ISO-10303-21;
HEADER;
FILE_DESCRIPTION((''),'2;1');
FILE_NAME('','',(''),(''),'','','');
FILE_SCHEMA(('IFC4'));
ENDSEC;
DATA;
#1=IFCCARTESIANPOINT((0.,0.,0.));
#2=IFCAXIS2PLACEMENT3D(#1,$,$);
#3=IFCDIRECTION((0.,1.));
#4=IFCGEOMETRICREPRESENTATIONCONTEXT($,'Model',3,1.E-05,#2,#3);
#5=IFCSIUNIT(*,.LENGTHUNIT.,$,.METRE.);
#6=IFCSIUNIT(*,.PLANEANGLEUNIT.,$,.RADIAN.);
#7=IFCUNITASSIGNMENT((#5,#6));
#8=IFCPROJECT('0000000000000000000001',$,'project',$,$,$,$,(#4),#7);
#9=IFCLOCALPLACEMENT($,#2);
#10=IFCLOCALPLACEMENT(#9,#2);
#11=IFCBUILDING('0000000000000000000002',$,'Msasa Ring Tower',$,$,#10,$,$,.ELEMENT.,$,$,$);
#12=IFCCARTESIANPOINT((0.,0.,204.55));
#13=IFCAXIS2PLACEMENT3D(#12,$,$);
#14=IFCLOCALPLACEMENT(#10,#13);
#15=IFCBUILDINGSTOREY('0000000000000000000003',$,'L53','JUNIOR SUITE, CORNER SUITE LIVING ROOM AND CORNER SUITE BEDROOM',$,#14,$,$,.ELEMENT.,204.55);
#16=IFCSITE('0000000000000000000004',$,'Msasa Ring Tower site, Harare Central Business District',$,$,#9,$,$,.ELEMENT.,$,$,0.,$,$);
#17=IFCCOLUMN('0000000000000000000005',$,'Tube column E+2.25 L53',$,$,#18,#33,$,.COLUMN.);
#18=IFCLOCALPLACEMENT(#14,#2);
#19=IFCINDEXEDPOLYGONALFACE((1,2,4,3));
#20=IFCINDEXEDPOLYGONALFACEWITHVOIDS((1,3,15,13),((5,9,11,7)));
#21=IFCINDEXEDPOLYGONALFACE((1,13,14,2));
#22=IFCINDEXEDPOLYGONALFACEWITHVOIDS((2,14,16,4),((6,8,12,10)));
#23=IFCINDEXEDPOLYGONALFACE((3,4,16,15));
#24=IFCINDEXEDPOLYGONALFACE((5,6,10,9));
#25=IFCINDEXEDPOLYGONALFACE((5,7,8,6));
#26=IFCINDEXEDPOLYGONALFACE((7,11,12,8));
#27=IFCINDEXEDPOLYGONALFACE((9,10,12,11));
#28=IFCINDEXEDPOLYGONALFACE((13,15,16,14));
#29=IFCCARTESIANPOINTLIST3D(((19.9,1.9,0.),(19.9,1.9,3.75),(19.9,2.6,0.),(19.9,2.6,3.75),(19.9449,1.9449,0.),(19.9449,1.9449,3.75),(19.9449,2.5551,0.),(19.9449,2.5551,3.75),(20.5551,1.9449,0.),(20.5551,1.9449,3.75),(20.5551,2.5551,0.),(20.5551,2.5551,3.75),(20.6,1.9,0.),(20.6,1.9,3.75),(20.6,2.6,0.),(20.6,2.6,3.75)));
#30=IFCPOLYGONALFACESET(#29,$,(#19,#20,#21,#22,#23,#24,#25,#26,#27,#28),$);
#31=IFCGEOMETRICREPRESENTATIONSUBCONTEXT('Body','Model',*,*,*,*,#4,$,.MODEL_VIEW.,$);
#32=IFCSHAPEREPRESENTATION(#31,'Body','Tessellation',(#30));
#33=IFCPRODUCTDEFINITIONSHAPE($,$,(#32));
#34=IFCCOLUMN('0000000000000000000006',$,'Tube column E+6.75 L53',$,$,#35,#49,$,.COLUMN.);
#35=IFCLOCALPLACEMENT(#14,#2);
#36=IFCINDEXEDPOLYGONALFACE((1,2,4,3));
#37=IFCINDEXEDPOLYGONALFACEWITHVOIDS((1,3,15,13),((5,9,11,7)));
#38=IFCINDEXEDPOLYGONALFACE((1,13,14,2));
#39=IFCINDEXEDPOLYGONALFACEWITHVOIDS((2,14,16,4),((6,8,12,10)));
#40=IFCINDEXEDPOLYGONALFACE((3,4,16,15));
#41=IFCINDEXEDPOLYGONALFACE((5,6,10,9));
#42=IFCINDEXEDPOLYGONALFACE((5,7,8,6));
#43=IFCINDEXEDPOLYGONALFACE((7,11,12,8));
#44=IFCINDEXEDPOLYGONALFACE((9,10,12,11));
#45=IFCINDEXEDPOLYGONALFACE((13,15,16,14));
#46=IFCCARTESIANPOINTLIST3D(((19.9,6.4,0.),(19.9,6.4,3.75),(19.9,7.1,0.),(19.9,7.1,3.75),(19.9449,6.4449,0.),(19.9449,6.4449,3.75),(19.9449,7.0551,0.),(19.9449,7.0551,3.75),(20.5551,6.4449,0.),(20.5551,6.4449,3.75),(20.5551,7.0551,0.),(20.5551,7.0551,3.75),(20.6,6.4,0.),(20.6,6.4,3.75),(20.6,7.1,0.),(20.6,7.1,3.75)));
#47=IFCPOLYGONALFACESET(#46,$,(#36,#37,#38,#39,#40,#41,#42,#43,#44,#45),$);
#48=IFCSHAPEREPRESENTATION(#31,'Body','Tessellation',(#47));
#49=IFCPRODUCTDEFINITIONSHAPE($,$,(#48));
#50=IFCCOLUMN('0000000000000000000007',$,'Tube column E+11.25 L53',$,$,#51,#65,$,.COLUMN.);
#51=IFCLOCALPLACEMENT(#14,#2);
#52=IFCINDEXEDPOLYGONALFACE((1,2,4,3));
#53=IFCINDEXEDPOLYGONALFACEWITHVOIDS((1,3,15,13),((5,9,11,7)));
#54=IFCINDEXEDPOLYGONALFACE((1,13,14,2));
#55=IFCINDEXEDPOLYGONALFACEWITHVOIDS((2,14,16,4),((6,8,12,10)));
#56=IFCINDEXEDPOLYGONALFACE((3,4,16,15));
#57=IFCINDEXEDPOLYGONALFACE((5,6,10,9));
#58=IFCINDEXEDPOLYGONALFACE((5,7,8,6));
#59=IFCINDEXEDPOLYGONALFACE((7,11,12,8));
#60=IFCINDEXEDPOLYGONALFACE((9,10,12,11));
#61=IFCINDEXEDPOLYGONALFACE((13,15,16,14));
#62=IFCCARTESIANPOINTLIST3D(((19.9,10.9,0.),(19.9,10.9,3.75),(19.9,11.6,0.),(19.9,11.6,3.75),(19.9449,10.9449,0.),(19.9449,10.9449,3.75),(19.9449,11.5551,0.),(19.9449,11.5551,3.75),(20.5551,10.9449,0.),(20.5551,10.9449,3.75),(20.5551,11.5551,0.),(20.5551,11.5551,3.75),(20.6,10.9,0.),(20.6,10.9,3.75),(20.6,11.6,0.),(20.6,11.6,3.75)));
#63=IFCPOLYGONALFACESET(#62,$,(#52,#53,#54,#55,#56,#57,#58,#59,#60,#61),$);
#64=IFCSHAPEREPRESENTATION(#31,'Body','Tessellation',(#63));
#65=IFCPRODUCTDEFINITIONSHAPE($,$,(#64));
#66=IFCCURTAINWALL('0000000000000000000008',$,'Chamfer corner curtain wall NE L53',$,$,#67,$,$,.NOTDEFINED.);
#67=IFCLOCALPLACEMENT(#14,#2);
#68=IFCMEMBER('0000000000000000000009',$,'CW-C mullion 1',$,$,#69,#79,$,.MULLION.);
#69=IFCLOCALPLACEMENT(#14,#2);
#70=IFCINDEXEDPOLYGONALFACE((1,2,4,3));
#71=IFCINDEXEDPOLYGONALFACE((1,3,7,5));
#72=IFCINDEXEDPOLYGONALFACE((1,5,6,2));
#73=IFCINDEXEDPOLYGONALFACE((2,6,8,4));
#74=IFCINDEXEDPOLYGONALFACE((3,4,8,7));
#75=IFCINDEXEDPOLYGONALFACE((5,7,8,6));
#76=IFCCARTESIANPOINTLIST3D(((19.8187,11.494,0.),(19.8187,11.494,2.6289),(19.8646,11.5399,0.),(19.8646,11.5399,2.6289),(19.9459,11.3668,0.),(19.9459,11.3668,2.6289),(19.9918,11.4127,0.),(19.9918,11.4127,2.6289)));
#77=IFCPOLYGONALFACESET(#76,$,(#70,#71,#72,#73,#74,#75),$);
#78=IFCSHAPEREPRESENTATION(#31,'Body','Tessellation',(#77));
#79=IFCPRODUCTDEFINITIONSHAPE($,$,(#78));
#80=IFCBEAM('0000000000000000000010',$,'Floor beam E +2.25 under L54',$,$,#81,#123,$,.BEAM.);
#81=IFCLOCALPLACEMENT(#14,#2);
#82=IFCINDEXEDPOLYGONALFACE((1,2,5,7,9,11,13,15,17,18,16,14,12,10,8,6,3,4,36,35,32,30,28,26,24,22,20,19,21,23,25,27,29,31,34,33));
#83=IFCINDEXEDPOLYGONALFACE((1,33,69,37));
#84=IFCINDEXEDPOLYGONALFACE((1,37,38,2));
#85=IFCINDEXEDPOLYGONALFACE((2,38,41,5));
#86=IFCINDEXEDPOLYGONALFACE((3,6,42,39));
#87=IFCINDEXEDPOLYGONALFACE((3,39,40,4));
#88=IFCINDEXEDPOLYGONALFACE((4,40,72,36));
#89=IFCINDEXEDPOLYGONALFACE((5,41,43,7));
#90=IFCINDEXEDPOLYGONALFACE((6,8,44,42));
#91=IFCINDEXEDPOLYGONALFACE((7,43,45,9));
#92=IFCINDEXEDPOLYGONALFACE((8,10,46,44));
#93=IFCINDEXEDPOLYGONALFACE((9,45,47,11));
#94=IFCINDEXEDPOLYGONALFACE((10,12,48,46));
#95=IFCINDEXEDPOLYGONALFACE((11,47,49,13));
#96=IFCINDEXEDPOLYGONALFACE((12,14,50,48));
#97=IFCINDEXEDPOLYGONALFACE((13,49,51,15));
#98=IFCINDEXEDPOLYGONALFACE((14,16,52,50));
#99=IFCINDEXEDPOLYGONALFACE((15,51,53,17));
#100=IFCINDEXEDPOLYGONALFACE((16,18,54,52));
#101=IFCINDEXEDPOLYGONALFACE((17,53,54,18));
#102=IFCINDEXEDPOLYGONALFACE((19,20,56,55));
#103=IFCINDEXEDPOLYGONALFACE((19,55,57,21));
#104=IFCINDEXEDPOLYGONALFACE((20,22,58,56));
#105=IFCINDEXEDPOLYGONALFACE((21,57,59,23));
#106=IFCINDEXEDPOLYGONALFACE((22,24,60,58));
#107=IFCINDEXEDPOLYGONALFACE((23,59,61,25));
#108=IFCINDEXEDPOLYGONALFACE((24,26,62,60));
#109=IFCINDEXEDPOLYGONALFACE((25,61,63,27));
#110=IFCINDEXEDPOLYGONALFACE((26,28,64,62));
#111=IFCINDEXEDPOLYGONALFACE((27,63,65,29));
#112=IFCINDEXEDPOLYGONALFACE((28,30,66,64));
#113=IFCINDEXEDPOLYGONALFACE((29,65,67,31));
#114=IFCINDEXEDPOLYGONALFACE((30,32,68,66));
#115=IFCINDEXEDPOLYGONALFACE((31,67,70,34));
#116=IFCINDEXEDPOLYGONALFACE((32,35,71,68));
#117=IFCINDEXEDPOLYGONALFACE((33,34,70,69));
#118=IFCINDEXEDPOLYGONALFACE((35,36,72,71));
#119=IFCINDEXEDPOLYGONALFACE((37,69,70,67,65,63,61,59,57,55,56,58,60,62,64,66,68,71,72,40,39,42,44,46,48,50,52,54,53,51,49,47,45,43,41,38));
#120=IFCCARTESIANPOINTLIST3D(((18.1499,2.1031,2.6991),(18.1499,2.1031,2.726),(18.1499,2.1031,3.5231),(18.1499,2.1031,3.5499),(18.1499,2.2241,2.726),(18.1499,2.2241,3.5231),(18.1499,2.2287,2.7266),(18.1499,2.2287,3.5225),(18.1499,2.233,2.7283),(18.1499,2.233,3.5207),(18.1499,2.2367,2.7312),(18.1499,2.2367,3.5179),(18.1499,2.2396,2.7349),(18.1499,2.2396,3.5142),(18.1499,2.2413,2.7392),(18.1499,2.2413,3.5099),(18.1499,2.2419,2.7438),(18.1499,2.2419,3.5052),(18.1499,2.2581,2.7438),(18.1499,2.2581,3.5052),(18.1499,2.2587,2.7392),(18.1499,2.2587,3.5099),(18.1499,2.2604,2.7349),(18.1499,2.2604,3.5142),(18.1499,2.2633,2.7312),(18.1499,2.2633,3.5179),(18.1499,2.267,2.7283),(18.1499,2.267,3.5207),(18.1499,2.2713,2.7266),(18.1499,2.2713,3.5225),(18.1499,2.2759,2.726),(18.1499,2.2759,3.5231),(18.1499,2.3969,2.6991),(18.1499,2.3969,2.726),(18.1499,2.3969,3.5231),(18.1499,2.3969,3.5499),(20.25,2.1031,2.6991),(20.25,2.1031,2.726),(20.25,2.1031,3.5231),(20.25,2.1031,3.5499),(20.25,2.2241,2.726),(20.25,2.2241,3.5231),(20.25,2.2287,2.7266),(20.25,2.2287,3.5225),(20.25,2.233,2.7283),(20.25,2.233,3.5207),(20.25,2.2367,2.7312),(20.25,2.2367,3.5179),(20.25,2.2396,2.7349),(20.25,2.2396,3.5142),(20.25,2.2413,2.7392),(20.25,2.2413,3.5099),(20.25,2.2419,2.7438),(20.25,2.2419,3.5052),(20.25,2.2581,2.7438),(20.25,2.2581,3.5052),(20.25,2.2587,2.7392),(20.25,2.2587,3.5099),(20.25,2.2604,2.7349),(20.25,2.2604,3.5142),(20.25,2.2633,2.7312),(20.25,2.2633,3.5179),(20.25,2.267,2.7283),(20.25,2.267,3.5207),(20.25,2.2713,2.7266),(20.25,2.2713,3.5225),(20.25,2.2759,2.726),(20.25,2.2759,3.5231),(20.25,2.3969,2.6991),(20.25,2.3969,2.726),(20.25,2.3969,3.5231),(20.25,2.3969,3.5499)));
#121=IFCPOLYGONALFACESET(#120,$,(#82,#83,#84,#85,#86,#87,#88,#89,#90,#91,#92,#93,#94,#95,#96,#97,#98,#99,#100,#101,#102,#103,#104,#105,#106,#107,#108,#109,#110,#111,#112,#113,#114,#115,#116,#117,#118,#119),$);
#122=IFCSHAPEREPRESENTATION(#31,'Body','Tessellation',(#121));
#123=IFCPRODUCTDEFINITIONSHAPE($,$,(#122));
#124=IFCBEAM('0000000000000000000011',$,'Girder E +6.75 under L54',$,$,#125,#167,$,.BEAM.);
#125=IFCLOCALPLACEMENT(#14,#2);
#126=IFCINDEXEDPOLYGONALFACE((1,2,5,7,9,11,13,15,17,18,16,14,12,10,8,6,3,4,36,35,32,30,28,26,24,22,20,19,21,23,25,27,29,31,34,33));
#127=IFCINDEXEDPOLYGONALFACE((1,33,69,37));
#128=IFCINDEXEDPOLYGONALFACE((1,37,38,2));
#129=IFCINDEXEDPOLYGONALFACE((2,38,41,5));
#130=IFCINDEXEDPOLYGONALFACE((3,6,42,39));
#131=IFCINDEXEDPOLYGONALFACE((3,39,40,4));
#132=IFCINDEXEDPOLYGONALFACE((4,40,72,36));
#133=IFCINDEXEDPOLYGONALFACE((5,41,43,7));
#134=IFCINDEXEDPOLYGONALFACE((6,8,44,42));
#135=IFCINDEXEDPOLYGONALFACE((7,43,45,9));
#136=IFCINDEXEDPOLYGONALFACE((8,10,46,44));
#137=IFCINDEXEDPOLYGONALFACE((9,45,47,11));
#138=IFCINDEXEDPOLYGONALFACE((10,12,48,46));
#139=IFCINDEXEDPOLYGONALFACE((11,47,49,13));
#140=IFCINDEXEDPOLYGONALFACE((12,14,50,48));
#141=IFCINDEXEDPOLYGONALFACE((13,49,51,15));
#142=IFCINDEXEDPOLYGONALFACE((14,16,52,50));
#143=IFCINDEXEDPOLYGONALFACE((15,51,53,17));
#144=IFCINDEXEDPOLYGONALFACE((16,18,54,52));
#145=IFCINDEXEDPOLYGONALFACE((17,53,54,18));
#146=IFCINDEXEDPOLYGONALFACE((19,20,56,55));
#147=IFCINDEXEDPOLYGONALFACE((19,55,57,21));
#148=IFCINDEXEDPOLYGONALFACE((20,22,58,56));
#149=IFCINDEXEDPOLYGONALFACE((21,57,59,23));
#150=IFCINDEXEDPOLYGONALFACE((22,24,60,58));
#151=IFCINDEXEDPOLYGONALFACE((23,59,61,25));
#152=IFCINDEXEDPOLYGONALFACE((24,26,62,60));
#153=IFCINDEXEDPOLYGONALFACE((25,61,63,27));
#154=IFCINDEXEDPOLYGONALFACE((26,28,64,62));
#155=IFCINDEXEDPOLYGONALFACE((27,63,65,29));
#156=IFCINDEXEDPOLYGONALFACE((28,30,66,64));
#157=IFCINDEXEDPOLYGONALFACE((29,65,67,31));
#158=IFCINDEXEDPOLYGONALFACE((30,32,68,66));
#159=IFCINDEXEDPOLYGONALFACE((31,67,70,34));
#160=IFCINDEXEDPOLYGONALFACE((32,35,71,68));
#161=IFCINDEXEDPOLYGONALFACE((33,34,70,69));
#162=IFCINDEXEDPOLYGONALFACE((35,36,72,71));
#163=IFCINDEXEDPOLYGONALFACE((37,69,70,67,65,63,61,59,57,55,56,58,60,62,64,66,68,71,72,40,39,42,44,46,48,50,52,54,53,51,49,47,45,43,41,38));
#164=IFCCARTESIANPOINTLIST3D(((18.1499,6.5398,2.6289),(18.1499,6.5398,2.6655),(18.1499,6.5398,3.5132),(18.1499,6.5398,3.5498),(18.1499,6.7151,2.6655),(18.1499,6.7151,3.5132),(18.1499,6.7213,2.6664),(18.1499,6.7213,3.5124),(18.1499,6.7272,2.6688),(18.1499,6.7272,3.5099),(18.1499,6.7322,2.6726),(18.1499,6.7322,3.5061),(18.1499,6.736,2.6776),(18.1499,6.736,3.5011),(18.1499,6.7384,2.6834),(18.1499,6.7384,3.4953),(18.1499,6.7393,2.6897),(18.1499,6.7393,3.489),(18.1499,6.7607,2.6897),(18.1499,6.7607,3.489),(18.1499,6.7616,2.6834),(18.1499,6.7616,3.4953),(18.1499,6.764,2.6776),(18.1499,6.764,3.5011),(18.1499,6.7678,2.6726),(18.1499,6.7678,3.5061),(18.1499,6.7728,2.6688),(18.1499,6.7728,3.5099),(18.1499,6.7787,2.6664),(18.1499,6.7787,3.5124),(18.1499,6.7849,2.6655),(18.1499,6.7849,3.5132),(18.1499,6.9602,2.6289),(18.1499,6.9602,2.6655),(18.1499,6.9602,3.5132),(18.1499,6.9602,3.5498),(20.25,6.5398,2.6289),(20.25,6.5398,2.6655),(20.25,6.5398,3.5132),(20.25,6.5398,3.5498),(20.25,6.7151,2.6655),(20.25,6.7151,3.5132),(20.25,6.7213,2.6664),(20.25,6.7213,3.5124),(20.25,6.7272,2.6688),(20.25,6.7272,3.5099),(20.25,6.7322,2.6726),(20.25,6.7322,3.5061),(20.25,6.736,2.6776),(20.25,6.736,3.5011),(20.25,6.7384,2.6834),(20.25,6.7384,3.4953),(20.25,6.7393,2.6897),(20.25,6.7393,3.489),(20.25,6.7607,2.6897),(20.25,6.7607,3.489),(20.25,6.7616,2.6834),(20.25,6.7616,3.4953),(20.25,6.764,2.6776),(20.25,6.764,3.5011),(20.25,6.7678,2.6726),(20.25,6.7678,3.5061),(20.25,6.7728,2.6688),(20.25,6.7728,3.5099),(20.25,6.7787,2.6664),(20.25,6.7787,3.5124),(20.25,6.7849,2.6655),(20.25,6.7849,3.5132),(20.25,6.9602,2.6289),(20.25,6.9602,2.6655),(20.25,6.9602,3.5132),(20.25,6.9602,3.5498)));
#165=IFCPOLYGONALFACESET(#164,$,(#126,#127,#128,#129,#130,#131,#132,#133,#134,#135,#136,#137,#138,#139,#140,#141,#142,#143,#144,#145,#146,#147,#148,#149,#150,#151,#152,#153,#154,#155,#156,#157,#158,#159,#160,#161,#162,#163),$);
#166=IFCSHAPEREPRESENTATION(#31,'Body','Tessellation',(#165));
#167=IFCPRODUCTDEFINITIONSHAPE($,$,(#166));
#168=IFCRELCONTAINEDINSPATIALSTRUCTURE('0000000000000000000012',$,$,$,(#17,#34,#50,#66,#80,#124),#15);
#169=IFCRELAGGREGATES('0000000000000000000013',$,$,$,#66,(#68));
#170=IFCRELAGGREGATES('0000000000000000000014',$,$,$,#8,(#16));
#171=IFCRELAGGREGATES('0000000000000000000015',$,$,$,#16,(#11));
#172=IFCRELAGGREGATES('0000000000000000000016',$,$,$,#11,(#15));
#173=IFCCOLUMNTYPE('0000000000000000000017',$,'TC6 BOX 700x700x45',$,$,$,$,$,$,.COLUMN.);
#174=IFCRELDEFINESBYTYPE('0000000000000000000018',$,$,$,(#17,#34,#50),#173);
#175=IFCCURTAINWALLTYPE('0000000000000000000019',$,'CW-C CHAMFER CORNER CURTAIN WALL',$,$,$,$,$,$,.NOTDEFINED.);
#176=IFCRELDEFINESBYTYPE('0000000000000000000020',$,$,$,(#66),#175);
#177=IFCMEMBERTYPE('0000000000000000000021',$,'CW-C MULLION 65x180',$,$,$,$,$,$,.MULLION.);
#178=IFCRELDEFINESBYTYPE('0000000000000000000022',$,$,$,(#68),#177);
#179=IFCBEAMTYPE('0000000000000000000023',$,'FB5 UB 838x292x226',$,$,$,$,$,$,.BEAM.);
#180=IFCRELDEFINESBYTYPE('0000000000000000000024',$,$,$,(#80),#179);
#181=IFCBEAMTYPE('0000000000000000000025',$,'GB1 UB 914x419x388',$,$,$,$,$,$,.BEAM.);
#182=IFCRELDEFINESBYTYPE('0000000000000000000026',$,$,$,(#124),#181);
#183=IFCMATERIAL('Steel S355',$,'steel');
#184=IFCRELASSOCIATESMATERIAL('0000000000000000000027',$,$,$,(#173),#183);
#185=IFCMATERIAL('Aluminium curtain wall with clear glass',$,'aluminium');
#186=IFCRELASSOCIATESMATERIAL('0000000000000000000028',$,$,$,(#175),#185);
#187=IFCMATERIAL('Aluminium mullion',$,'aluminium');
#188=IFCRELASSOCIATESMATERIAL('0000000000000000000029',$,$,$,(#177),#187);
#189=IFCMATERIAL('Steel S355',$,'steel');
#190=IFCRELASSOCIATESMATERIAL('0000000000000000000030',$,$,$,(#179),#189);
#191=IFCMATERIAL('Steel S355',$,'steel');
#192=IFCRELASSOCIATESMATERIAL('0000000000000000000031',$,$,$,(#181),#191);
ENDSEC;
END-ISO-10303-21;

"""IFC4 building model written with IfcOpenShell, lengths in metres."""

from ifc_helpers import new_model, si_unit, direction, frame, origin, origin_2d, place, context, subcontext, project, spatial, rectangle, hollow_rectangle, i_section, extrude, material, material_profile, profile_set, type_object, element, aggregate, save


model = new_model("IFC4")

# Units and contexts
model_context = context("Model", 3, precision=1e-05, world=origin(), true_north=direction((0.0, 1.0)))
body_context = subcontext(model_context, "Body", "Model", "MODEL_VIEW")
ifc_project = project(units=[si_unit("LENGTHUNIT", "METRE"), si_unit("PLANEANGLEUNIT", "RADIAN")], contexts=[model_context])

# Site, building, storey
site_placement = place(None, origin())
site = spatial("IfcSite", under=ifc_project, at=site_placement, Name="Msasa Ring Tower site, Harare Central Business District", CompositionType="ELEMENT", RefElevation=0.0)
building_placement = place(site_placement, origin())
building = spatial("IfcBuilding", under=site, at=building_placement, Name="Msasa Ring Tower", CompositionType="ELEMENT")
storey_placement = place(building_placement, frame((0.0, 0.0, 204.55)))
storey = spatial("IfcBuildingStorey", under=building, at=storey_placement, Name="L53", Description="JUNIOR SUITE, CORNER SUITE LIVING ROOM AND CORNER SUITE BEDROOM", CompositionType="ELEMENT", Elevation=204.55)

# Columns
ifc_material_1 = material(Name="Steel S355", Category="steel")
ifc_material_profile_1 = material_profile(ifc_material_1, hollow_rectangle(XDim=0.7, YDim=0.7, WallThickness=0.0449, at=origin_2d()), Name="BOX 700x700x45")
ifc_profile_set_1 = profile_set([ifc_material_profile_1], Name="Steel S355")
column_type = type_object("IfcColumnType", Name="TC6 BOX 700x700x45", PredefinedType="COLUMN", material=ifc_profile_set_1)
for number, where, z_axis, x_axis, name in (
    (1, (20.25, 2.25, 0.0), (0.0, 0.0, 1.0), (1.0, 0.0, 0.0), "Tube column E+2.25 L53"),
    (2, (20.25, 6.75, 0.0), (0.0, 0.0, 1.0), (1.0, 0.0, 0.0), "Tube column E+6.75 L53"),
    (3, (20.25, 11.25, 0.0), (0.0, 0.0, 1.0), (1.0, 0.0, 0.0), "Tube column E+11.25 L53"),
):
    element("IfcColumn", number, at=place(storey_placement, frame(where, z_axis=z_axis, x_axis=x_axis)), inside=storey, type_object=column_type, Name=name, PredefinedType="COLUMN", context=body_context, shape_type="SweptSolid", body=[
        extrude(hollow_rectangle(XDim=0.7, YDim=0.7, WallThickness=0.0449, at=origin_2d()), origin(), (0.0, 0.0, 1.0), 3.75),
    ])

# Curtain wall, member
ifc_material_2 = material(Name="Aluminium curtain wall with clear glass", Category="aluminium")
curtain_wall_type = type_object("IfcCurtainWallType", Name="CW-C CHAMFER CORNER CURTAIN WALL", PredefinedType="NOTDEFINED", material=ifc_material_2)
curtain_wall_placement = place(storey_placement, origin())
curtain_wall = element("IfcCurtainWall", 4, at=curtain_wall_placement, inside=storey, type_object=curtain_wall_type, Name="Chamfer corner curtain wall NE L53", PredefinedType="NOTDEFINED")
ifc_material_3 = material(Name="Aluminium mullion", Category="aluminium")
ifc_material_profile_2 = material_profile(ifc_material_3, rectangle(XDim=0.0649, YDim=0.1799, at=origin_2d()), Name="AL 65x180")
ifc_profile_set_2 = profile_set([ifc_material_profile_2], Name="Aluminium mullion")
member_type = type_object("IfcMemberType", Name="CW-C MULLION 65x180", PredefinedType="MULLION", material=ifc_profile_set_2)
member_placement = place(storey_placement, frame((19.9053, 11.4534, 0.0), z_axis=(0.0, 0.0, 1.0), x_axis=(-0.707107, -0.707107, 0.0)))
member = element("IfcMember", 5, at=member_placement, type_object=member_type, Name="CW-C mullion 1", PredefinedType="MULLION", context=body_context, shape_type="SweptSolid", body=[
    extrude(rectangle(XDim=0.0649, YDim=0.1799, at=origin_2d()), origin(), (0.0, 0.0, 1.0), 2.6289),
])
aggregate(curtain_wall, [member])

# Beams
ifc_material_4 = material(Name="Steel S355", Category="steel")
ifc_material_profile_3 = material_profile(ifc_material_4, i_section(OverallWidth=0.2937, OverallDepth=0.8508, WebThickness=0.0161, FlangeThickness=0.0269, FilletRadius=0.0178, at=origin_2d()), Name="UB 838x292x226")
ifc_profile_set_3 = profile_set([ifc_material_profile_3], Name="Steel S355")
beam_type_1 = type_object("IfcBeamType", Name="FB5 UB 838x292x226", PredefinedType="BEAM", material=ifc_profile_set_3)
beam_1_placement = place(storey_placement, frame((20.25, 2.25, 3.1245), z_axis=(-1.0, 0.0, 0.0), x_axis=(0.0, -1.0, 0.0)))
element("IfcBeam", 6, at=beam_1_placement, inside=storey, type_object=beam_type_1, Name="Floor beam E +2.25 under L54", PredefinedType="BEAM", context=body_context, shape_type="SweptSolid", body=[
    extrude(i_section(OverallWidth=0.2937, OverallDepth=0.8508, WebThickness=0.0161, FlangeThickness=0.0269, FilletRadius=0.0178, at=origin_2d()), origin(), (0.0, 0.0, 1.0), 2.1001),
])
ifc_material_5 = material(Name="Steel S355", Category="steel")
ifc_material_profile_4 = material_profile(ifc_material_5, i_section(OverallWidth=0.4204, OverallDepth=0.9209, WebThickness=0.0215, FlangeThickness=0.0366, FilletRadius=0.0242, at=origin_2d()), Name="UB 914x419x388")
ifc_profile_set_4 = profile_set([ifc_material_profile_4], Name="Steel S355")
beam_type_2 = type_object("IfcBeamType", Name="GB1 UB 914x419x388", PredefinedType="BEAM", material=ifc_profile_set_4)
beam_2_placement = place(storey_placement, frame((18.1499, 6.75, 3.0894), z_axis=(1.0, 0.0, 0.0), x_axis=(0.0, 1.0, 0.0)))
element("IfcBeam", 7, at=beam_2_placement, inside=storey, type_object=beam_type_2, Name="Girder E +6.75 under L54", PredefinedType="BEAM", context=body_context, shape_type="SweptSolid", body=[
    extrude(i_section(OverallWidth=0.4204, OverallDepth=0.9209, WebThickness=0.0215, FlangeThickness=0.0366, FilletRadius=0.0242, at=origin_2d()), origin(), (0.0, 0.0, 1.0), 2.1001),
])

save(model, "model.ifc")
